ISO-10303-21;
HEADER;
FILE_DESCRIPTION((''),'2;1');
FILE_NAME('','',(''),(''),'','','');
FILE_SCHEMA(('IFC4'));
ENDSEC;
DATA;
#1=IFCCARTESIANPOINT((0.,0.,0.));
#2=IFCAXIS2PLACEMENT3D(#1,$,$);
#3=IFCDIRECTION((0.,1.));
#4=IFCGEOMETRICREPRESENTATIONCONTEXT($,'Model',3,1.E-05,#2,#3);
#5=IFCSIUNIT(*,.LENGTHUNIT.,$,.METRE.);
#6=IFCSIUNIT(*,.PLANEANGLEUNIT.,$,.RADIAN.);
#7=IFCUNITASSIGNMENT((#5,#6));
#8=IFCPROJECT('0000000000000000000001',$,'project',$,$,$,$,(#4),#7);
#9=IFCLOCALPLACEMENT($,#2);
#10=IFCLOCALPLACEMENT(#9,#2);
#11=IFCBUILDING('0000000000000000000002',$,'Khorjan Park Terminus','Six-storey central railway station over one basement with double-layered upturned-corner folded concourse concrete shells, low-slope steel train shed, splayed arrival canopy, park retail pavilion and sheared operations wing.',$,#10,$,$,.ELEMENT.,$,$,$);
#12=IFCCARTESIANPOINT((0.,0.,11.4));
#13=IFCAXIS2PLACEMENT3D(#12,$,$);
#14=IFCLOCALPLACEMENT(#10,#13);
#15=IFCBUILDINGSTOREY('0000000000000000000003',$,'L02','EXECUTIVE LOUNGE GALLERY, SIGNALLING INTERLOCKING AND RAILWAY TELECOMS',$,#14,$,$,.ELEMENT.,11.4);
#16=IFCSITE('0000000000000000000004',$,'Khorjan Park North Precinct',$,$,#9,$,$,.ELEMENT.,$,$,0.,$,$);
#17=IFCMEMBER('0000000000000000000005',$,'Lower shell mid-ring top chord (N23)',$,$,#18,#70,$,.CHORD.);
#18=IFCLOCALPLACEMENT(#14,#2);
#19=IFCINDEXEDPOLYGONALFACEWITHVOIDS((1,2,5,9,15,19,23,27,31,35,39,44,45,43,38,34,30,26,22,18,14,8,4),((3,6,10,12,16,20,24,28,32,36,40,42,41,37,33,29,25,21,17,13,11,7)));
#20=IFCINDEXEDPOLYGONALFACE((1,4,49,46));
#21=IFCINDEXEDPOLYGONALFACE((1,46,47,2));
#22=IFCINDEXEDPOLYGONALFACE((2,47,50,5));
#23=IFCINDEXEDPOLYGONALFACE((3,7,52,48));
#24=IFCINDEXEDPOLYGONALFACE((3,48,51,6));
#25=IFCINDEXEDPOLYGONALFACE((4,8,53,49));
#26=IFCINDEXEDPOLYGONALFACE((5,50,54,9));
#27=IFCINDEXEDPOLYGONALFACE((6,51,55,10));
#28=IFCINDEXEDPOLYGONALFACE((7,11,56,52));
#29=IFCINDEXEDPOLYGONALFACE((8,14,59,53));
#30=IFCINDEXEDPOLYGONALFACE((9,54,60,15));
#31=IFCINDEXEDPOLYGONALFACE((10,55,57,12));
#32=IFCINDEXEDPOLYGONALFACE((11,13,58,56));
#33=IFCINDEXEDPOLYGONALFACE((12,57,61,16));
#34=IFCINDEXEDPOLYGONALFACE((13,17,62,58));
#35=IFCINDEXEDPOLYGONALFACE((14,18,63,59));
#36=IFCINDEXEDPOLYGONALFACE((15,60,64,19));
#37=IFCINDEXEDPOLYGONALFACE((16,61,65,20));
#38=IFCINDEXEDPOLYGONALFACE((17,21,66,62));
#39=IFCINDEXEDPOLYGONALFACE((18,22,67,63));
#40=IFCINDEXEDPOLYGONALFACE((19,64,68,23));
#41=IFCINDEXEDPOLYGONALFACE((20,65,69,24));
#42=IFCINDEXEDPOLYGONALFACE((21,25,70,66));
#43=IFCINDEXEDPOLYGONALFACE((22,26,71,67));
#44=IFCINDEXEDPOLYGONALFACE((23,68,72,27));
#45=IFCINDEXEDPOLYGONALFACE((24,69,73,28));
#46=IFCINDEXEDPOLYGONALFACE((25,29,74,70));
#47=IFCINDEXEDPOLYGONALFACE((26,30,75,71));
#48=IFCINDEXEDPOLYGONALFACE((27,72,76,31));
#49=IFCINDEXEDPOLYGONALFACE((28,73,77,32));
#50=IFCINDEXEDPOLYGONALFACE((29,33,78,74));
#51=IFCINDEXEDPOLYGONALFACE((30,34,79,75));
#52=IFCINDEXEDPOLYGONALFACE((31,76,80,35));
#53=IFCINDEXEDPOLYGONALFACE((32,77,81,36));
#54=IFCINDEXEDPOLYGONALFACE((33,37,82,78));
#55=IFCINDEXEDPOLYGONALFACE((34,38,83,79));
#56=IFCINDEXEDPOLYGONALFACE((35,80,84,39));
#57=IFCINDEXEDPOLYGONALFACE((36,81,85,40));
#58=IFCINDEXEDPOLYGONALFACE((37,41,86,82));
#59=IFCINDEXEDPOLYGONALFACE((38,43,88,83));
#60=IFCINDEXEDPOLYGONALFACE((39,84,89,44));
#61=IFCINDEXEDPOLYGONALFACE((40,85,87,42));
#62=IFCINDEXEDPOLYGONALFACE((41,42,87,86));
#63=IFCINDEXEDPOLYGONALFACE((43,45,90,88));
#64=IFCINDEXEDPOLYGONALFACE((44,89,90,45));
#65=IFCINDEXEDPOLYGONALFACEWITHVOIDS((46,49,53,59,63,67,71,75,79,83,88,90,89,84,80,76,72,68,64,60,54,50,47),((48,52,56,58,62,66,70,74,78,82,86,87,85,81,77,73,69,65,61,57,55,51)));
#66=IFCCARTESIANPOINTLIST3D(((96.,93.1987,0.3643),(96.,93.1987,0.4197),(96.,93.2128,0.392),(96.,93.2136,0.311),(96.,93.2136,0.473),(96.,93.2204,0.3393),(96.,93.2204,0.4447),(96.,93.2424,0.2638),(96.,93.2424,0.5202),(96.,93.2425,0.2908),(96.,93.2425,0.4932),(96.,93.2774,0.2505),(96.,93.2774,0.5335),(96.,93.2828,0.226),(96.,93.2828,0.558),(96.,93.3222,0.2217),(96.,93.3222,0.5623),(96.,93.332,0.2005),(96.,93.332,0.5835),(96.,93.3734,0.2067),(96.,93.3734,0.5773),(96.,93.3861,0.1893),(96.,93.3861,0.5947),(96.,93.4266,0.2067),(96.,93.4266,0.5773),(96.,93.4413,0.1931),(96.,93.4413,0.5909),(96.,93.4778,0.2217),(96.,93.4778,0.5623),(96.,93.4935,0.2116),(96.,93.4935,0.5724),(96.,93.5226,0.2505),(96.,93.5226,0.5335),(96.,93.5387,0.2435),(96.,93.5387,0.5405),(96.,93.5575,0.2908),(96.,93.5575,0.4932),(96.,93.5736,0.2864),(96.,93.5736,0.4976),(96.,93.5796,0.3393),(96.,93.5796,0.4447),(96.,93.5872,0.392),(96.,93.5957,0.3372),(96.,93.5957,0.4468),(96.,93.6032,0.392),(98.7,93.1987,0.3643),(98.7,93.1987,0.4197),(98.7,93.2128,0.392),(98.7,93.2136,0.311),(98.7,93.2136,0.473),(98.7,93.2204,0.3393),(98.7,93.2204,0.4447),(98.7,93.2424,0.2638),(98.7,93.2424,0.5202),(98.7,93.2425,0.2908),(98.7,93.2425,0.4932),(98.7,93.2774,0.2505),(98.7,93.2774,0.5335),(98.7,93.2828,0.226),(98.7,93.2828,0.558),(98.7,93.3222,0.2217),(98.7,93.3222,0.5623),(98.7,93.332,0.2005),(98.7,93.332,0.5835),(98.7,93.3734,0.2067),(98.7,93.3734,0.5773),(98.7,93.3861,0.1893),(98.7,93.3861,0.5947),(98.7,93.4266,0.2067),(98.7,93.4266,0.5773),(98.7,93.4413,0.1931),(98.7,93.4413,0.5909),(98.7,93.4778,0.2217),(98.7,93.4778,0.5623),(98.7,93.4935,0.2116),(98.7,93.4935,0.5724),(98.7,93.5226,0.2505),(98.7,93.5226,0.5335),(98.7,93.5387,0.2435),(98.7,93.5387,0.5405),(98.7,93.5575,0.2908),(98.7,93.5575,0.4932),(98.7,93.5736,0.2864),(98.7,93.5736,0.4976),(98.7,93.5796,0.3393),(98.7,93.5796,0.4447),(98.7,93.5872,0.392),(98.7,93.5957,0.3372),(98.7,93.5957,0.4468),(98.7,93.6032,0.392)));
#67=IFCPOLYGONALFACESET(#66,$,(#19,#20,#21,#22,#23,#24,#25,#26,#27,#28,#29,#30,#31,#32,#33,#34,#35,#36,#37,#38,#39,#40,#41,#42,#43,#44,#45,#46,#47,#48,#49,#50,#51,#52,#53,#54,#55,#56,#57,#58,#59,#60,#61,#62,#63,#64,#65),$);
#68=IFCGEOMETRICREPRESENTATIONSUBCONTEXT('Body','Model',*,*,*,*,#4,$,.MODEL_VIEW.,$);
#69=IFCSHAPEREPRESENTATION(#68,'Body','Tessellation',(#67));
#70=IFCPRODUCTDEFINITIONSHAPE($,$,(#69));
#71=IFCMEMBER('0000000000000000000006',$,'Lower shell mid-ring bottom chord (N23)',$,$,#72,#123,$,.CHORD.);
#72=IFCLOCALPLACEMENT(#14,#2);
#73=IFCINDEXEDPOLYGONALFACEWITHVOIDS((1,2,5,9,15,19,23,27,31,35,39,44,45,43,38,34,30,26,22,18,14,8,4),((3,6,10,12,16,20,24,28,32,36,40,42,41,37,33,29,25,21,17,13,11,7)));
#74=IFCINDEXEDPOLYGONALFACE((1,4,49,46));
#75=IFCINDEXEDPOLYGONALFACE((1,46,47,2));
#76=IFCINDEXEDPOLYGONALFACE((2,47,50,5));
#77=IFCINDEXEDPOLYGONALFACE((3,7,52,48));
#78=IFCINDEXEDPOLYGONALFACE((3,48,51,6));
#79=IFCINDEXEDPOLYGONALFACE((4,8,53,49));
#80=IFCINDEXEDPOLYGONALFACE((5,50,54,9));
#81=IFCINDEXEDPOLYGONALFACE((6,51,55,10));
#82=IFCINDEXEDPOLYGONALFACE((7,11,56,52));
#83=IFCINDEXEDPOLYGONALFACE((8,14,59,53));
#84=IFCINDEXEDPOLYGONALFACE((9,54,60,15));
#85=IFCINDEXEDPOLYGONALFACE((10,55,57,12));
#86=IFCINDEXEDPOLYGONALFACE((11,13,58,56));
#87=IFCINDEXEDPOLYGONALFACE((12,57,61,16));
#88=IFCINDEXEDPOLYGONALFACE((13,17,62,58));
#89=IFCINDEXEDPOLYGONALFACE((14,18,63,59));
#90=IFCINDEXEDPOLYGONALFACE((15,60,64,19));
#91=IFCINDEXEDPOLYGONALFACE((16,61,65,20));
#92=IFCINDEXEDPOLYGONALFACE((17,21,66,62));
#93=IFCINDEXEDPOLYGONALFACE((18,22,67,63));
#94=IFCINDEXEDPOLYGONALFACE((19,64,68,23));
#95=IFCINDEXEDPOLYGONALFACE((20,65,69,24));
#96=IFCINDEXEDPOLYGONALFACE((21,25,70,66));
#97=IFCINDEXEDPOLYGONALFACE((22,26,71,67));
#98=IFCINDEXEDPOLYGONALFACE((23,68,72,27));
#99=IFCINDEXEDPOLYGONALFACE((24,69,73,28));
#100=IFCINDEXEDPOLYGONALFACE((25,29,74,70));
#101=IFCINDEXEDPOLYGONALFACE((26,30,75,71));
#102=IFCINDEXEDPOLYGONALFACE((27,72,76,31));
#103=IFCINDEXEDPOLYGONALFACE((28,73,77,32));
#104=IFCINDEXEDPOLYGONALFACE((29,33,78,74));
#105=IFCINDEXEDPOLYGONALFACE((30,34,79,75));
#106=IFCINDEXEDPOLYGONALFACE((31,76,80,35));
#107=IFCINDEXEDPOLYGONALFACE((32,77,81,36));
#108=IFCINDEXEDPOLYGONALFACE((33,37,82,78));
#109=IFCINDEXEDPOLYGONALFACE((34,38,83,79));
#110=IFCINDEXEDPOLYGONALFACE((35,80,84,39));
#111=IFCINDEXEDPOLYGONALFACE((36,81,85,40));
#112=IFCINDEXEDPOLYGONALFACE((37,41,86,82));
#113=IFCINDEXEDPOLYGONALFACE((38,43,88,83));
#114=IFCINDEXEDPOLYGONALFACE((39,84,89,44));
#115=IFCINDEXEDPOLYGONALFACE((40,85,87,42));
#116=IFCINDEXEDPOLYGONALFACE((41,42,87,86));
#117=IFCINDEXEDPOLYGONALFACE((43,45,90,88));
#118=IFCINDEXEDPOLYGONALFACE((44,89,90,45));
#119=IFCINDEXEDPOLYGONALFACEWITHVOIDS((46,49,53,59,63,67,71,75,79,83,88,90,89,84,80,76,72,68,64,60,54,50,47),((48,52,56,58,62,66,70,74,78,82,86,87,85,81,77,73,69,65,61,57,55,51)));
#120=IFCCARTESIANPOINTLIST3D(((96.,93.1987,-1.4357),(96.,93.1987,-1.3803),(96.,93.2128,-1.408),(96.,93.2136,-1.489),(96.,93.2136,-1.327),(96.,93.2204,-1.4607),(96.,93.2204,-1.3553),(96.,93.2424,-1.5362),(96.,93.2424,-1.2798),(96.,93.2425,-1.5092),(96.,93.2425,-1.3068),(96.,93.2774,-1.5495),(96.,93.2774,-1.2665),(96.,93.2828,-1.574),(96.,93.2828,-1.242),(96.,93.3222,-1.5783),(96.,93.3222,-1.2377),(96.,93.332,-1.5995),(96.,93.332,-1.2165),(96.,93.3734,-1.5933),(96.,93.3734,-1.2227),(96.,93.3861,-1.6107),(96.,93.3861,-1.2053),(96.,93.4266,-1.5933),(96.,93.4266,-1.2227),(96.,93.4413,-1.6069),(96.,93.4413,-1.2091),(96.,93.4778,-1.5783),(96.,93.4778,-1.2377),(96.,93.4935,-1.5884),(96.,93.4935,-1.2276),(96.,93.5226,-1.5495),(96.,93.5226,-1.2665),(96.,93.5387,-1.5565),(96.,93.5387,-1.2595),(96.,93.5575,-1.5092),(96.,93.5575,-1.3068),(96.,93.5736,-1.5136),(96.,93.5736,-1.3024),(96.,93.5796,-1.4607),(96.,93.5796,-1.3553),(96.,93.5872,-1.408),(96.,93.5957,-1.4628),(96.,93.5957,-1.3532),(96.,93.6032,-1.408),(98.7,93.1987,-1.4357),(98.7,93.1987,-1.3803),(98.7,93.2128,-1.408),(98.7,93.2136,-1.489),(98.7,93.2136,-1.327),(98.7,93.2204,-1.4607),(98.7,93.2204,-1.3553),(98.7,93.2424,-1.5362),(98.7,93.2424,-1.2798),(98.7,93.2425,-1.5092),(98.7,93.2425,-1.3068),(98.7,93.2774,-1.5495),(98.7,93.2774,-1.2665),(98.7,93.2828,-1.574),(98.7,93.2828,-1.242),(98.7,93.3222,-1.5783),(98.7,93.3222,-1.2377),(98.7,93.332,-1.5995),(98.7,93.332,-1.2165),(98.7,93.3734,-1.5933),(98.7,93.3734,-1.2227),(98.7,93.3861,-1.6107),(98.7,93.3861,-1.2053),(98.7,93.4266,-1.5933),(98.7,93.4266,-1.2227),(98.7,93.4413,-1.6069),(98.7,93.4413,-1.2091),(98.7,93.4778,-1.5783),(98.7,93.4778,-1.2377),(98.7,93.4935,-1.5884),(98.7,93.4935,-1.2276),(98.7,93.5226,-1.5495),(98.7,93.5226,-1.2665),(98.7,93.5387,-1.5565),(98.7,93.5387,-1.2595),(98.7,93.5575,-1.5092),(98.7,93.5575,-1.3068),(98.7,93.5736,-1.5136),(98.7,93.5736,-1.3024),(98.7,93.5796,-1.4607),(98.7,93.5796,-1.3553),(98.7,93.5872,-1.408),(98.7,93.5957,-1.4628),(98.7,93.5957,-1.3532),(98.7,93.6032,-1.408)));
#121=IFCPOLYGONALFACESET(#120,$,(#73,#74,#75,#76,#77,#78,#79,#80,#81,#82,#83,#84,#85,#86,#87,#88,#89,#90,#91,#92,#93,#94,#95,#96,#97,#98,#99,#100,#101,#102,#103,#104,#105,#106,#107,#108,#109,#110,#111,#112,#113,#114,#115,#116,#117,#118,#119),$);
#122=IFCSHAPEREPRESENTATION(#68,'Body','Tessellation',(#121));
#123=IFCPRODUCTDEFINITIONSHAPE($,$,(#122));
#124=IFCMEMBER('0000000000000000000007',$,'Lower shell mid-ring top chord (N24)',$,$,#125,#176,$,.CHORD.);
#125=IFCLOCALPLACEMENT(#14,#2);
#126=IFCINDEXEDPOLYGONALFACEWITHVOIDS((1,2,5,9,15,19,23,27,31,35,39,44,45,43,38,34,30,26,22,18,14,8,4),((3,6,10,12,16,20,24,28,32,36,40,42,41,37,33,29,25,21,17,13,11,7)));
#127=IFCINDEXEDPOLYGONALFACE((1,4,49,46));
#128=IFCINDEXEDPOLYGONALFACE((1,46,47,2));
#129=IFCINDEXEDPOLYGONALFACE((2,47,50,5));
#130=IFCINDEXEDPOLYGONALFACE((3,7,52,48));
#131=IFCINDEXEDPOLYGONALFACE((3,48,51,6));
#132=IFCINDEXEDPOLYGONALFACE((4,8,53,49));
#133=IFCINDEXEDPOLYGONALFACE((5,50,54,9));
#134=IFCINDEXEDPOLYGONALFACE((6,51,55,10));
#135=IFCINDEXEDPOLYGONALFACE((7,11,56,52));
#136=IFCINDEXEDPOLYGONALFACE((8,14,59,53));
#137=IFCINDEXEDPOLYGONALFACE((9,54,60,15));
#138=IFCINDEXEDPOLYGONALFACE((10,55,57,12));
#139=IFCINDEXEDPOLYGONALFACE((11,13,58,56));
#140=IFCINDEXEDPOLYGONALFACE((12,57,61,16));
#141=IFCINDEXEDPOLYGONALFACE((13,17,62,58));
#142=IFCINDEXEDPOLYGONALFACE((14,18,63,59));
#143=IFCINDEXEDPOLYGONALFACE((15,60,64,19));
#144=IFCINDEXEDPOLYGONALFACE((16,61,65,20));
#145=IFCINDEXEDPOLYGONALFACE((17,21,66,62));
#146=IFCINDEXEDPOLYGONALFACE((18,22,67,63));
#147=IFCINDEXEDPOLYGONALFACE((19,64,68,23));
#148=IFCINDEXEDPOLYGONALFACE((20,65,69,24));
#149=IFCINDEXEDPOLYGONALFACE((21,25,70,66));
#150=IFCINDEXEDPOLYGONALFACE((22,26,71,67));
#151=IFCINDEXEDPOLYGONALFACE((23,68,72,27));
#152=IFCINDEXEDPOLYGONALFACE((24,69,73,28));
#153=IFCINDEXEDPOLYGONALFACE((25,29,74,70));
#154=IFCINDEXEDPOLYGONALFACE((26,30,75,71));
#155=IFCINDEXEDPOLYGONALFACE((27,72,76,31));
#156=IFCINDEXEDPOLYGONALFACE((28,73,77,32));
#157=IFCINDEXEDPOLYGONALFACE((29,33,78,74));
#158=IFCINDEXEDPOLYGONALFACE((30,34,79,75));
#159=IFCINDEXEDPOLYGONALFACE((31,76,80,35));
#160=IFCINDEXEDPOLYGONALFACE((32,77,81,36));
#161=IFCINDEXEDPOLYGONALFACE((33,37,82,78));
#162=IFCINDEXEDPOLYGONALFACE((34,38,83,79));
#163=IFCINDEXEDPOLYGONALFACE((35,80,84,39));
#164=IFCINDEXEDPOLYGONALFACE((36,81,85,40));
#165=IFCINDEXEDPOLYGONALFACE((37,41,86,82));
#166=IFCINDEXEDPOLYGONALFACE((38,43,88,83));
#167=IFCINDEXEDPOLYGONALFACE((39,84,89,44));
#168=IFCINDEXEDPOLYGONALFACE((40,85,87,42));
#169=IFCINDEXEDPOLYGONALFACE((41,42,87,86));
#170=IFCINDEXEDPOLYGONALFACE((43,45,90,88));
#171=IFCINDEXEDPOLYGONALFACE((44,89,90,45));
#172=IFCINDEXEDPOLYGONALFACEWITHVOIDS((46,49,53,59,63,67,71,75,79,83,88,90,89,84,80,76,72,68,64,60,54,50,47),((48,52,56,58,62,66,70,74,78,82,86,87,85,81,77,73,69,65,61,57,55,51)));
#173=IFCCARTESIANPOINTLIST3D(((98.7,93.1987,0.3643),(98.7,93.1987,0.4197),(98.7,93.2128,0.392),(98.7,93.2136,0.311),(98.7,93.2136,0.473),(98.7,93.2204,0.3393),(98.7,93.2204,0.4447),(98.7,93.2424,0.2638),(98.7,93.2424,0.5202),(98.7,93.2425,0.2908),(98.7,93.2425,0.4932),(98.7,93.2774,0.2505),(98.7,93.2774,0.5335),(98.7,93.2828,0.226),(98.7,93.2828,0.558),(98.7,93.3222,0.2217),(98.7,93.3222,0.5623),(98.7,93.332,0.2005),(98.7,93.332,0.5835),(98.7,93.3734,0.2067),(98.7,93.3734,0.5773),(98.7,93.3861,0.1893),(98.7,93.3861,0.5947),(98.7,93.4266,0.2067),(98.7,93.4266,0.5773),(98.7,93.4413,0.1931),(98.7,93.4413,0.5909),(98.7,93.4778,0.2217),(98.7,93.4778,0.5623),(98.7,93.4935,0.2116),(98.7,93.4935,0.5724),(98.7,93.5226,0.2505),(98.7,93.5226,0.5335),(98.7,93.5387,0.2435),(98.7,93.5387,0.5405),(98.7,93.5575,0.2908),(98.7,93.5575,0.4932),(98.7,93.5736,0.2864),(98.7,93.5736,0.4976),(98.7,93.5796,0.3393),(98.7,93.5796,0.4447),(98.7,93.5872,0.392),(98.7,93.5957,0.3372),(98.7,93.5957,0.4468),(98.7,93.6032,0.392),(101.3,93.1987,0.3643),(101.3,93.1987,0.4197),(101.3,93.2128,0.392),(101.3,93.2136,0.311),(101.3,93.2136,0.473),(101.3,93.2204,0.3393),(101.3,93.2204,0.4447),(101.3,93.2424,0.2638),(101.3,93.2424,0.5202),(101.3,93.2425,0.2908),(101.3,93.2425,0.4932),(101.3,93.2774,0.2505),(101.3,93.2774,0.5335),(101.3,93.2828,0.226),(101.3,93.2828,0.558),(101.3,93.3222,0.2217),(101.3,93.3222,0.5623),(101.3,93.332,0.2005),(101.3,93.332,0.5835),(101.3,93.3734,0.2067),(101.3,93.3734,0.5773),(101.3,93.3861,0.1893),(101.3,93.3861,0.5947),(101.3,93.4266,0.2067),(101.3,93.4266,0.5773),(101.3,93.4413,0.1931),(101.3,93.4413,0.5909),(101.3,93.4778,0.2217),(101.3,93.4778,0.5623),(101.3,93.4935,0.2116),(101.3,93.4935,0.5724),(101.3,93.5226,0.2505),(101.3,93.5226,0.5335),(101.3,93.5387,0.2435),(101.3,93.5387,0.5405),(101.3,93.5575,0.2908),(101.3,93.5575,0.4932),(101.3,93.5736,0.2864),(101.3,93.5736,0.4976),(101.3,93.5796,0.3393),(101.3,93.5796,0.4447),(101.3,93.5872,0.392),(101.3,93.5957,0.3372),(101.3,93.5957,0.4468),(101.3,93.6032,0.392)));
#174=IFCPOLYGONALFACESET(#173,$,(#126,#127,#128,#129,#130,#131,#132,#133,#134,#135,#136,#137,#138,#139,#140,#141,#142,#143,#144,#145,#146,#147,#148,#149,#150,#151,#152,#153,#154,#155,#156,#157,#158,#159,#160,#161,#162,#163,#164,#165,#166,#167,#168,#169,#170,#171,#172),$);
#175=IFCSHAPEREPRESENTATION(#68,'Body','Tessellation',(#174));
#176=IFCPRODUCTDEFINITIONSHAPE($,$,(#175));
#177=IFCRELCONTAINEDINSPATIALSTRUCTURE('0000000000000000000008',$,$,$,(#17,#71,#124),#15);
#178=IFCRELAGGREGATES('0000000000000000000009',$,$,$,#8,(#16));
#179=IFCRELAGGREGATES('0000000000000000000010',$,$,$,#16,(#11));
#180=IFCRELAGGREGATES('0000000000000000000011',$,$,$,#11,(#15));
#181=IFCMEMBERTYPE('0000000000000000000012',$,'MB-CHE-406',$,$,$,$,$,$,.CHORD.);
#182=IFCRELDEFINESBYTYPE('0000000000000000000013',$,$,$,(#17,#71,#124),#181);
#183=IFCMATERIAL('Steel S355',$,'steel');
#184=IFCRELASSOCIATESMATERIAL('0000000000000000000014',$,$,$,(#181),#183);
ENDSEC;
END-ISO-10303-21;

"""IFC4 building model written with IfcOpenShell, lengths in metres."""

from ifc_helpers import new_model, si_unit, direction, frame, origin, origin_2d, place, context, subcontext, project, spatial, hollow_circle, extrude, material, material_profile, profile_set, type_object, element, save


model = new_model("IFC4")

# Units and contexts
model_context = context("Model", 3, precision=1e-05, world=origin(), true_north=direction((0.0, 1.0)))
body_context = subcontext(model_context, "Body", "Model", "MODEL_VIEW")
ifc_project = project(units=[si_unit("LENGTHUNIT", "METRE"), si_unit("PLANEANGLEUNIT", "RADIAN")], contexts=[model_context])

# Site, building, storey
site_placement = place(None, origin())
site = spatial("IfcSite", under=ifc_project, at=site_placement, Name="Khorjan Park North Precinct", CompositionType="ELEMENT", RefElevation=0.0)
building_placement = place(site_placement, origin())
building = spatial("IfcBuilding", under=site, at=building_placement, Name="Khorjan Park Terminus", Description="Six-storey central railway station over one basement with double-layered upturned-corner folded concourse concrete shells, low-slope steel train shed, splayed arrival canopy, park retail pavilion and sheared operations wing.", CompositionType="ELEMENT")
storey_placement = place(building_placement, frame((0.0, 0.0, 11.4)))
storey = spatial("IfcBuildingStorey", under=building, at=storey_placement, Name="L02", Description="EXECUTIVE LOUNGE GALLERY, SIGNALLING INTERLOCKING AND RAILWAY TELECOMS", CompositionType="ELEMENT", Elevation=11.4)

# Members
ifc_material_1 = material(Name="Steel S355", Category="steel")
ifc_material_profile_1 = material_profile(ifc_material_1, hollow_circle(Radius=0.2032, WallThickness=0.016, at=origin_2d()), Name="CHS 406.4x16")
ifc_profile_set_1 = profile_set([ifc_material_profile_1], Name="Steel S355")
member_type_1 = type_object("IfcMemberType", Name="MB-CHE-406", PredefinedType="CHORD", material=ifc_profile_set_1)
for number, where, z_axis, x_axis, name in (
    (1, (96.0, 93.4, 0.392), (1.0, 0.0, 0.0), (0.0, 1.0, 0.0), "Lower shell mid-ring top chord (N23)"),
    (2, (96.0, 93.4, -1.408), (1.0, 0.0, 0.0), (0.0, 1.0, 0.0), "Lower shell mid-ring bottom chord (N23)"),
):
    element("IfcMember", number, at=place(storey_placement, frame(where, z_axis=z_axis, x_axis=x_axis)), inside=storey, type_object=member_type_1, Name=name, PredefinedType="CHORD", context=body_context, shape_type="SweptSolid", body=[
        extrude(hollow_circle(Radius=0.2032, WallThickness=0.016, at=origin_2d()), origin(), (0.0, 0.0, 1.0), 2.7),
    ])
for number, where, z_axis, x_axis, name in (
    (3, (98.7, 93.4, 0.392), (1.0, 0.0, 0.0), (0.0, 1.0, 0.0), "Lower shell mid-ring top chord (N24)"),
):
    element("IfcMember", number, at=place(storey_placement, frame(where, z_axis=z_axis, x_axis=x_axis)), inside=storey, type_object=member_type_1, Name=name, PredefinedType="CHORD", context=body_context, shape_type="SweptSolid", body=[
        extrude(hollow_circle(Radius=0.2032, WallThickness=0.016, at=origin_2d()), origin(), (0.0, 0.0, 1.0), 2.6),
    ])

save(model, "model.ifc")
